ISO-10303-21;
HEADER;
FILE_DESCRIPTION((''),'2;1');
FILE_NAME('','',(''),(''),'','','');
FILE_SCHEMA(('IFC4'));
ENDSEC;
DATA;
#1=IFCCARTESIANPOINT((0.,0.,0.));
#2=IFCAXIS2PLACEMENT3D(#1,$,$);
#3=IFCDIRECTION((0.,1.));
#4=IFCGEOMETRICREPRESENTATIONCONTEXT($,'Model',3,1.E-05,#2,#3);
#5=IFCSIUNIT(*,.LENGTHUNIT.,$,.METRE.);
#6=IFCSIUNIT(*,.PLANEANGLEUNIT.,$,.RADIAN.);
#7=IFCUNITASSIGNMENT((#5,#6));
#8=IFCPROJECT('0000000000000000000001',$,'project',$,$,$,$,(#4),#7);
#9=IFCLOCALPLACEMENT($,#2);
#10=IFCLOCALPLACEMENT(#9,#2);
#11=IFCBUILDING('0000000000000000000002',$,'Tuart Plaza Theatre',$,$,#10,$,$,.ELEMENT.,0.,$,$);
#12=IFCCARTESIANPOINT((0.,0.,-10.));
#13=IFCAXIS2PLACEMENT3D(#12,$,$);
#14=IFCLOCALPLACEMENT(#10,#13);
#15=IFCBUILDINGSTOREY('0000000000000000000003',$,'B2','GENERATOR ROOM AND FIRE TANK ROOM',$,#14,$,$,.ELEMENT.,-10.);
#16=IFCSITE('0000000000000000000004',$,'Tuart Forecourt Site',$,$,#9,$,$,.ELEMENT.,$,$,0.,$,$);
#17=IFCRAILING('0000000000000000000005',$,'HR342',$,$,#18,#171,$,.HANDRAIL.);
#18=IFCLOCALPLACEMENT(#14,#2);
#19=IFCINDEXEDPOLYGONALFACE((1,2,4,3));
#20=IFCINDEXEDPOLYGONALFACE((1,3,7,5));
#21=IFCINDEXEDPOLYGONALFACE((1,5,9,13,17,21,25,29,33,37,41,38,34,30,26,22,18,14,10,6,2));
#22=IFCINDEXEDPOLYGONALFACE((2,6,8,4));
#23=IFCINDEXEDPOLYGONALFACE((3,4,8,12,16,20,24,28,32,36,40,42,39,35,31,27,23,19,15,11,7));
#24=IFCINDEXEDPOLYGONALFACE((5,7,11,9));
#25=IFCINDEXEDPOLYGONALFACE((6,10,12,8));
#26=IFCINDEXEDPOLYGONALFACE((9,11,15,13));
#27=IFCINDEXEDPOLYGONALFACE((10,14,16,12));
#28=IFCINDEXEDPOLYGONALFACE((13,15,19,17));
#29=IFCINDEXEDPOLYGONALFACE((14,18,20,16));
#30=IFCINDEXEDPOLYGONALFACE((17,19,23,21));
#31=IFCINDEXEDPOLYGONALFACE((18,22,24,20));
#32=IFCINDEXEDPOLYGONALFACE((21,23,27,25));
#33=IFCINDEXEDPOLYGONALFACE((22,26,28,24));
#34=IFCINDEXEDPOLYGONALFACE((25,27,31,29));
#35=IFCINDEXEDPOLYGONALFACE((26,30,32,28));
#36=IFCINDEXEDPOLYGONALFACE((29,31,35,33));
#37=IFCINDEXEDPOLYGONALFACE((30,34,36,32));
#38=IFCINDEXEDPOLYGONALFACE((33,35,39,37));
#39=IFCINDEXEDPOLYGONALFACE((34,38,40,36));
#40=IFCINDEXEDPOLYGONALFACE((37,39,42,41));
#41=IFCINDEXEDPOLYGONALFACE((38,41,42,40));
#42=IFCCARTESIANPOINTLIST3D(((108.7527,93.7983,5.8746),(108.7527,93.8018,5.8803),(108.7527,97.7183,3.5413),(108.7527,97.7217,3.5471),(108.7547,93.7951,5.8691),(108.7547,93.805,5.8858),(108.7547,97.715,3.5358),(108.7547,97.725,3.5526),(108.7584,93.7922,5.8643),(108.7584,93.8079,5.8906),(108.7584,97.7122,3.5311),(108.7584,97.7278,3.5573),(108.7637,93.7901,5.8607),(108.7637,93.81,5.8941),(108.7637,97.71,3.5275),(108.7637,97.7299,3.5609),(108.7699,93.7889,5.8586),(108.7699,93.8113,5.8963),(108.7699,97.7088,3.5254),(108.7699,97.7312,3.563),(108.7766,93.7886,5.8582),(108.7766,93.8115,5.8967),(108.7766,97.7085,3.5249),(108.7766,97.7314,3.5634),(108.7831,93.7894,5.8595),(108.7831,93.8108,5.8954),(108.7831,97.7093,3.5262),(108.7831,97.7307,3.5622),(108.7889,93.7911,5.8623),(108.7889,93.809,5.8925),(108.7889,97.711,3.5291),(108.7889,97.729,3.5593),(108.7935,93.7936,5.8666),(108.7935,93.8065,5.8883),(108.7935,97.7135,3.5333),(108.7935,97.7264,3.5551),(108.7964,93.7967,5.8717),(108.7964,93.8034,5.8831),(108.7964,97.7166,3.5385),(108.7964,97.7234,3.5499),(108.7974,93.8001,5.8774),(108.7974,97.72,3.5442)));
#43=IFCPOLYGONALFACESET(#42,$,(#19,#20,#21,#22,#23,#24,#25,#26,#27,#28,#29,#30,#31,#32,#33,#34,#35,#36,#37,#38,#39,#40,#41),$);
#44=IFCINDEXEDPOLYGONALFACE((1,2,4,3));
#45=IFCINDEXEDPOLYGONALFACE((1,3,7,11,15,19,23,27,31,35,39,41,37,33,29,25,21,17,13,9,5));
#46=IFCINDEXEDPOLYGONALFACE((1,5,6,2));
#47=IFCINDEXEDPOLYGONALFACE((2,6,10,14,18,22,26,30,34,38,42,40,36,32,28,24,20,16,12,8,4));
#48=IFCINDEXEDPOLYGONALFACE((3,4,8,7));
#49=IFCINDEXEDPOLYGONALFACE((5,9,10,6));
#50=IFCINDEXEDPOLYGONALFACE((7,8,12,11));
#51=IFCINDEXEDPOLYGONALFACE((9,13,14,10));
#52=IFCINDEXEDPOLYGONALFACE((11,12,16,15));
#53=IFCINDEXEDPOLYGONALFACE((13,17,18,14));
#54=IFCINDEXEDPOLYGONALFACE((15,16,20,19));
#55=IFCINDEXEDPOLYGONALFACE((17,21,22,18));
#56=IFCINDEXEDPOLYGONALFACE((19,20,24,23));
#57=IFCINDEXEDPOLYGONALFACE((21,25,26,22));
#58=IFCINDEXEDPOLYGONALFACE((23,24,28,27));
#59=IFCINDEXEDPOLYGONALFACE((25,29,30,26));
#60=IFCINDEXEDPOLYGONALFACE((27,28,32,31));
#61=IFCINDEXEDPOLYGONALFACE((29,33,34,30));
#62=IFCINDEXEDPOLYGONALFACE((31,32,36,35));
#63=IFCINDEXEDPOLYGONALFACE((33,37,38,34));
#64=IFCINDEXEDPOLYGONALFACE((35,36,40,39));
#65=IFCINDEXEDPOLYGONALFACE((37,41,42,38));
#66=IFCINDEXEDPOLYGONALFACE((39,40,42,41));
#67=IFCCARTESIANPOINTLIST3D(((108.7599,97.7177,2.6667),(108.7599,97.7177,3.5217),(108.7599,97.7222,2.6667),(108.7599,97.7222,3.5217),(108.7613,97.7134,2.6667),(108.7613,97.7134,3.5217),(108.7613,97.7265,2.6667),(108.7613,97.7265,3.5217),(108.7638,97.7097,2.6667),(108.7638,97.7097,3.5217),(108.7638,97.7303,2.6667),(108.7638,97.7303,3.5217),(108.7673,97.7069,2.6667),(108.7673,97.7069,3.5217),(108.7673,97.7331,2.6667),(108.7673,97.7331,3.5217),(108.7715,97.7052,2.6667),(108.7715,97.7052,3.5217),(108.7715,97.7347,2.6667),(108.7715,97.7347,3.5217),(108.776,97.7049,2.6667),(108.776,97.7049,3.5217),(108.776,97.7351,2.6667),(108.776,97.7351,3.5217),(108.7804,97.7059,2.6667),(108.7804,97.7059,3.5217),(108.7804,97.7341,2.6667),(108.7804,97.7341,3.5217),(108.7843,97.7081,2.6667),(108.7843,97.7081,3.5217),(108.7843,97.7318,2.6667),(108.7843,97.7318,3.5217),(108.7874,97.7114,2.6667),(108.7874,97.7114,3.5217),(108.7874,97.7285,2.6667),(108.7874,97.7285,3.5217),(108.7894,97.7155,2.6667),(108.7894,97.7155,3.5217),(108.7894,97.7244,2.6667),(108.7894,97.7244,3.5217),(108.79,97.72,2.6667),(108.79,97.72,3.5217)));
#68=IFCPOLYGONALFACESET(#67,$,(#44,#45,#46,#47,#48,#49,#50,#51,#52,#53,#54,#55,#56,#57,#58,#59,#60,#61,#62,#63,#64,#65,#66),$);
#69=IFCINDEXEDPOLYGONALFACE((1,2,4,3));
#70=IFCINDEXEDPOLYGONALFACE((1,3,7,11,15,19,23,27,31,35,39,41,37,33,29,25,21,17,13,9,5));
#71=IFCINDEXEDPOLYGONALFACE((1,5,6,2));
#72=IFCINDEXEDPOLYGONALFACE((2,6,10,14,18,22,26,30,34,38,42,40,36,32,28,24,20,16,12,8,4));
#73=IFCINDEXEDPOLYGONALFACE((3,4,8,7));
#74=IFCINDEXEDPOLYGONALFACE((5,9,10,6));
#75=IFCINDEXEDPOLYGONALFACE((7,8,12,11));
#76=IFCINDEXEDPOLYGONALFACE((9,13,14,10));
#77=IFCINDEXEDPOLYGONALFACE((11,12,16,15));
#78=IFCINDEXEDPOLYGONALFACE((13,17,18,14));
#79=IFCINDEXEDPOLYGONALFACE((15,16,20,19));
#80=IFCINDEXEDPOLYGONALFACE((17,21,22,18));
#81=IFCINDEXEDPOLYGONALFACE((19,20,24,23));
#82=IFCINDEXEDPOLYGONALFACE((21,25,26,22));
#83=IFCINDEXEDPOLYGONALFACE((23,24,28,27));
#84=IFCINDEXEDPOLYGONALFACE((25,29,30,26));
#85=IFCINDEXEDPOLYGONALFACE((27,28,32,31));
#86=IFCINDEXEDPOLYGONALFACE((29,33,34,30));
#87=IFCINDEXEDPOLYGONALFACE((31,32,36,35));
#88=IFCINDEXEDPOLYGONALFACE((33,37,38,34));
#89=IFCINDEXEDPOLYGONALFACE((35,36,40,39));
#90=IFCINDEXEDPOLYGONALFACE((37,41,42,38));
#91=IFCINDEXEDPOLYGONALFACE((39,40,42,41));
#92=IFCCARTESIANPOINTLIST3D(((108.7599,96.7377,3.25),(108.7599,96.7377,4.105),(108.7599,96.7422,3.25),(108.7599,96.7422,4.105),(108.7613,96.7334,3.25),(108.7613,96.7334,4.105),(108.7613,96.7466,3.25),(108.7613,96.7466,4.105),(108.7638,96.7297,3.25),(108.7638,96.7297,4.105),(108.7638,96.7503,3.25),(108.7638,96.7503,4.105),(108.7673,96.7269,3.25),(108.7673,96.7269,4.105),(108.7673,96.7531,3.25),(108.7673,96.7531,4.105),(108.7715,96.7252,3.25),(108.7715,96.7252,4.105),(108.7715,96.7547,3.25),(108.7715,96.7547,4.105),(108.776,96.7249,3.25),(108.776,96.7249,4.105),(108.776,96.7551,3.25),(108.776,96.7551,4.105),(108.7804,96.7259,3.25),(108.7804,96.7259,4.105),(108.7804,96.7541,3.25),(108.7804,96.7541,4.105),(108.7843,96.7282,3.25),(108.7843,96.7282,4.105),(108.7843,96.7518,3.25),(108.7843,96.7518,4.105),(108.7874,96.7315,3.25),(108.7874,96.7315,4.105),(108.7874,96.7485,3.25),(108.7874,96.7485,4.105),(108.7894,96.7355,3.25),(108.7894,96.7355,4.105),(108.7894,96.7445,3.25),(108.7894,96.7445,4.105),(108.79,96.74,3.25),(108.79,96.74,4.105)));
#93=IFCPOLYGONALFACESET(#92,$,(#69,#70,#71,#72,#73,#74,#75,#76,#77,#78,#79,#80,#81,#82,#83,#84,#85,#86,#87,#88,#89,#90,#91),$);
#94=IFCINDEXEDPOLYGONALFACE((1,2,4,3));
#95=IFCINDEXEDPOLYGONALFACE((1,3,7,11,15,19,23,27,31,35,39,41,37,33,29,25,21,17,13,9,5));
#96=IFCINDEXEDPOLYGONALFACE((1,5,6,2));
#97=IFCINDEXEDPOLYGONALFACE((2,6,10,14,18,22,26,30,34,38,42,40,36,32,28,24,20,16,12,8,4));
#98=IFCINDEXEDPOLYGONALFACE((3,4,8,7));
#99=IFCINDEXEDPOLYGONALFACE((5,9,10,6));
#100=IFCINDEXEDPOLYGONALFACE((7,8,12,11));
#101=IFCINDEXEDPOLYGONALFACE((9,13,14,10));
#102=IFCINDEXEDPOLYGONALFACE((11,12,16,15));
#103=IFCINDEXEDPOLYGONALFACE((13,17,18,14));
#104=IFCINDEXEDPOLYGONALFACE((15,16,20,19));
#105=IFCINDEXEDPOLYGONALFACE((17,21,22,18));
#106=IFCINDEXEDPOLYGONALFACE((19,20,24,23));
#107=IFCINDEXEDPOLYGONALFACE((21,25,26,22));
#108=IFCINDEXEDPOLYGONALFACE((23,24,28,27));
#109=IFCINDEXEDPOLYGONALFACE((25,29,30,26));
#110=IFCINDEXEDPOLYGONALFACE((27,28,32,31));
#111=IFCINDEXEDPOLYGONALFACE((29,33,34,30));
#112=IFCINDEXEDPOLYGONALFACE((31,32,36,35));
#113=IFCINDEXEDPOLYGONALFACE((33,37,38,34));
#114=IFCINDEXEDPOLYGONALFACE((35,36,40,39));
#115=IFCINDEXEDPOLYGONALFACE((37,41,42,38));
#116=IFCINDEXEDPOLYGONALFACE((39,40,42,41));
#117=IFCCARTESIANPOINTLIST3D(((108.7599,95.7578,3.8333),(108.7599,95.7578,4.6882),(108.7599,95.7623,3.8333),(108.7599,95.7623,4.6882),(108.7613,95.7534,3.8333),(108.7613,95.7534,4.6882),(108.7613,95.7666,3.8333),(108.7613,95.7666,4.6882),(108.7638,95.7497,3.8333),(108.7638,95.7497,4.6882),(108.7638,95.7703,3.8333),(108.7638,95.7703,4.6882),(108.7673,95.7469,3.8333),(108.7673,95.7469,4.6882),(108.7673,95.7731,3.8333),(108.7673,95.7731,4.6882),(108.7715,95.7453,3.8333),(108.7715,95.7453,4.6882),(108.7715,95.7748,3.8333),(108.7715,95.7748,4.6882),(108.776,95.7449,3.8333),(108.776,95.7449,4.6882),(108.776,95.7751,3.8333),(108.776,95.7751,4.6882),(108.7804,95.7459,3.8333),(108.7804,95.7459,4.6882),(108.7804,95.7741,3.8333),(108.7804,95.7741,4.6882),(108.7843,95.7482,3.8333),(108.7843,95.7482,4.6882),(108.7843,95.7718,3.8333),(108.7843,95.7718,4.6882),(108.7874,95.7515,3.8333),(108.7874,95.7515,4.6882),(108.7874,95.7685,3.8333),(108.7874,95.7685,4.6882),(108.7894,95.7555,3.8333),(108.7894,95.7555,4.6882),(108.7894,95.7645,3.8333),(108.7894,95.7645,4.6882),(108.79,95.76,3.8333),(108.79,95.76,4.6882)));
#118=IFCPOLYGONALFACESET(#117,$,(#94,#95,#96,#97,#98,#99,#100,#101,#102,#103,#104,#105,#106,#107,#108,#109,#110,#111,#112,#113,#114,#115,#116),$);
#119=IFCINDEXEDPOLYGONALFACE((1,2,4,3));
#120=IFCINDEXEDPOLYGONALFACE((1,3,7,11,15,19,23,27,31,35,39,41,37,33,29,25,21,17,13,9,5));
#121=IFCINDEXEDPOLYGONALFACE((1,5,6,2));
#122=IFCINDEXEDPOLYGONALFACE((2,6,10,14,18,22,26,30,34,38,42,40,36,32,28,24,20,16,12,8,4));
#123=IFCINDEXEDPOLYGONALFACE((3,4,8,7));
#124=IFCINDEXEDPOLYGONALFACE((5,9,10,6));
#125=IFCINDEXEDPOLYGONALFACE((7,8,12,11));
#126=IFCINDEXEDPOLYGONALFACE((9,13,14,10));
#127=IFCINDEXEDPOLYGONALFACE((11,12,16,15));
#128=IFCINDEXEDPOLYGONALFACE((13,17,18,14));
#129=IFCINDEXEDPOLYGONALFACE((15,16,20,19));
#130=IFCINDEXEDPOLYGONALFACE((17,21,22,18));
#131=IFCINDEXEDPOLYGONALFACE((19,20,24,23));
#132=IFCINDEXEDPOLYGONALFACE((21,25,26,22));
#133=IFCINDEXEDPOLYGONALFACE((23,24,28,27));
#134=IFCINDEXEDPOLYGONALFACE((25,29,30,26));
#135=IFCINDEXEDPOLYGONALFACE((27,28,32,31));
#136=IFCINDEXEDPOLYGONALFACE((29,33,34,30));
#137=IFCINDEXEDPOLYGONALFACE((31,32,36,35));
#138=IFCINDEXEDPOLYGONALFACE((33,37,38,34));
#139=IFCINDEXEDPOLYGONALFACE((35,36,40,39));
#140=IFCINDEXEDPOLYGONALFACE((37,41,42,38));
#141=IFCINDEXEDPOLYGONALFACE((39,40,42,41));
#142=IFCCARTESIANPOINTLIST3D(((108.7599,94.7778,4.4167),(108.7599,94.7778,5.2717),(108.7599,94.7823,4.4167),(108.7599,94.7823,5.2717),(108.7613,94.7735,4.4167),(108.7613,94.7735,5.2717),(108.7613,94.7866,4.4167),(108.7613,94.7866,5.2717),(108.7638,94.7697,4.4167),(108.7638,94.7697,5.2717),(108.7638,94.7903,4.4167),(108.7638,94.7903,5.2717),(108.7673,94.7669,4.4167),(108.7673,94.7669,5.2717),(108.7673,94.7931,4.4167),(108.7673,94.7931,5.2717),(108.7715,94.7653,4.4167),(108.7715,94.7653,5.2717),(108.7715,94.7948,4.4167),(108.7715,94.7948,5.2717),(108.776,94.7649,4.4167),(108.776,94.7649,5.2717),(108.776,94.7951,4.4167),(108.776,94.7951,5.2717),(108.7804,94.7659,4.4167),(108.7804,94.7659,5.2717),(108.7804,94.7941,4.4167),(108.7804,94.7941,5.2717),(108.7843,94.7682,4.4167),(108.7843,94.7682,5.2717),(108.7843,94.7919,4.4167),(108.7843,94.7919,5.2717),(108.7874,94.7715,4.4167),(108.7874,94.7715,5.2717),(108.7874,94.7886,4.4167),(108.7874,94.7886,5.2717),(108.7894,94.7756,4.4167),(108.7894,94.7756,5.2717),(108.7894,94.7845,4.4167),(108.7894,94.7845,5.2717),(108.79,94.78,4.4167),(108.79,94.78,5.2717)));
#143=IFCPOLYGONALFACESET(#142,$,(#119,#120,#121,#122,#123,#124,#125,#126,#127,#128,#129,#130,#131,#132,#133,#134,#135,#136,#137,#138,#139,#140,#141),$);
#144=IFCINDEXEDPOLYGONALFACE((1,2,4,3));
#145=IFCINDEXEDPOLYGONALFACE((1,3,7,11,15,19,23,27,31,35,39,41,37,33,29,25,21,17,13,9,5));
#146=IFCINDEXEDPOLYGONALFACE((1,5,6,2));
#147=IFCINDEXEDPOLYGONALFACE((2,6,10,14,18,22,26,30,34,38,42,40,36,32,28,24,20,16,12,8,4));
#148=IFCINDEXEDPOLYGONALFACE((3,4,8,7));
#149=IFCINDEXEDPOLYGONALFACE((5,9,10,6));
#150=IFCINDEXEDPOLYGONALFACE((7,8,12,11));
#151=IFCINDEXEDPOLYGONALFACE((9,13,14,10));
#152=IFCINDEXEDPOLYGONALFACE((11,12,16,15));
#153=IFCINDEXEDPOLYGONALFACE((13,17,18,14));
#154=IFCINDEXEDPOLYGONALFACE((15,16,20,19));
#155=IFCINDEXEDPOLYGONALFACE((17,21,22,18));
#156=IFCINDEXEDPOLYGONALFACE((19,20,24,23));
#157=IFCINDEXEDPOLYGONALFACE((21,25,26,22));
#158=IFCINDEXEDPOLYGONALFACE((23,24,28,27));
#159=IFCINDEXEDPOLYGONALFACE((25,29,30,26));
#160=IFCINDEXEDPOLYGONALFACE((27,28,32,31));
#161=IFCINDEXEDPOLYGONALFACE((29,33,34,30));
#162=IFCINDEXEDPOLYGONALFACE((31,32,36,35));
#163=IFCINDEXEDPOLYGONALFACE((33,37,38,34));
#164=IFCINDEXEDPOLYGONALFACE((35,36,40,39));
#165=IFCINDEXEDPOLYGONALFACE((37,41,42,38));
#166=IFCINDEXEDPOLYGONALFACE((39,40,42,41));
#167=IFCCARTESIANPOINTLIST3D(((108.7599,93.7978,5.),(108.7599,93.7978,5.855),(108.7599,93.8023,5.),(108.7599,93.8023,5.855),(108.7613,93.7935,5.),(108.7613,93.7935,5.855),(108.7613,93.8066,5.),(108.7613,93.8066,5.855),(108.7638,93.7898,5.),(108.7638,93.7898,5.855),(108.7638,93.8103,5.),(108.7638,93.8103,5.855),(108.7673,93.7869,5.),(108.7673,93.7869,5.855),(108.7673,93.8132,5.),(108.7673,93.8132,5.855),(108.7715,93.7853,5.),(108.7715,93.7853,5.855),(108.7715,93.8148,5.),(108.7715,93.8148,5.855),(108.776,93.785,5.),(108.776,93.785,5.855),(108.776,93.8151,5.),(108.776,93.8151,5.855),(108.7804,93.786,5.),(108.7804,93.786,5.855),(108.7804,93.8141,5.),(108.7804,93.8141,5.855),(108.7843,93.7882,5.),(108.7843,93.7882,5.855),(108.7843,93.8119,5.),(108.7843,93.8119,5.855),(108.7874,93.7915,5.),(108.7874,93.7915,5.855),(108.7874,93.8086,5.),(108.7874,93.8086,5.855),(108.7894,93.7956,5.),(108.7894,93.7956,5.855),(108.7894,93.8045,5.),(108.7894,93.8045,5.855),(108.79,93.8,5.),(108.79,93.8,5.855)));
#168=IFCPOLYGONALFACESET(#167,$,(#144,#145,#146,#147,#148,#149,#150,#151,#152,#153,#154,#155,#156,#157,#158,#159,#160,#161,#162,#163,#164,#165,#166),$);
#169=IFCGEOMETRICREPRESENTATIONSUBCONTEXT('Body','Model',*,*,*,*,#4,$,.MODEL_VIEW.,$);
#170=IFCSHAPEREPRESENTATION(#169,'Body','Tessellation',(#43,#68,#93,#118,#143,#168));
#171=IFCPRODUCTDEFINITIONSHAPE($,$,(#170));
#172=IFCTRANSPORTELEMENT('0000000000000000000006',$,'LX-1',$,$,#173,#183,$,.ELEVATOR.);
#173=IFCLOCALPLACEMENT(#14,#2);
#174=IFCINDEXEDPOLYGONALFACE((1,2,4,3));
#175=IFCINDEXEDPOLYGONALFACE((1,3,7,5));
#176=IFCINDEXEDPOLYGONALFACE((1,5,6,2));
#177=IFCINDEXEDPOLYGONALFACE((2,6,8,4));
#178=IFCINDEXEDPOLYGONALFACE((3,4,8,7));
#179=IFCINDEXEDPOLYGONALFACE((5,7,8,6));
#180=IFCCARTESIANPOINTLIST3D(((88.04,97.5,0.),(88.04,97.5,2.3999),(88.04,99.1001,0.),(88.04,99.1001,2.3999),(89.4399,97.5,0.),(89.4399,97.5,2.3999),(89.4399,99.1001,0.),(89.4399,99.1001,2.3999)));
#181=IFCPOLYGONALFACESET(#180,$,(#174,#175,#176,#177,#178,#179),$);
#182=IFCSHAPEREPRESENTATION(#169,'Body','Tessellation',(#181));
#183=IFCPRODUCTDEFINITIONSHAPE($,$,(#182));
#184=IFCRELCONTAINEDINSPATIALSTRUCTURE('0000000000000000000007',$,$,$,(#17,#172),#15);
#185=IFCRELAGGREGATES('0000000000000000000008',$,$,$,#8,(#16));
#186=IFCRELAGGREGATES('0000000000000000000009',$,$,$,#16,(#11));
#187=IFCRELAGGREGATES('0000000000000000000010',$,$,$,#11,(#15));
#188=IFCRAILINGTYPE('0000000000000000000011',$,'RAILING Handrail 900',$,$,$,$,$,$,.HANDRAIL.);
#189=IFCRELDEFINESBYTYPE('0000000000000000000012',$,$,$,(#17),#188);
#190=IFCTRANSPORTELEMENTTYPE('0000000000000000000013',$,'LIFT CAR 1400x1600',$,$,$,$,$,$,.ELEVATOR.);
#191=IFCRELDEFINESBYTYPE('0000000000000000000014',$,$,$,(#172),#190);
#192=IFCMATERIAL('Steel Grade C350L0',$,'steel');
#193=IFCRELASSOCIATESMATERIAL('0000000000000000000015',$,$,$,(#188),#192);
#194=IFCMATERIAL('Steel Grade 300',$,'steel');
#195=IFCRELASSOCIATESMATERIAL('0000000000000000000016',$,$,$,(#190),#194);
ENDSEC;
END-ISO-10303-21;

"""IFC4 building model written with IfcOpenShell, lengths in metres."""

from ifc_helpers import new_model, si_unit, direction, frame, origin, origin_2d, place, context, subcontext, project, spatial, rectangle, circle, extrude, material, type_object, element, save


model = new_model("IFC4")

# Units and contexts
model_context = context("Model", 3, precision=1e-05, world=origin(), true_north=direction((0.0, 1.0)))
body_context = subcontext(model_context, "Body", "Model", "MODEL_VIEW")
ifc_project = project(units=[si_unit("LENGTHUNIT", "METRE"), si_unit("PLANEANGLEUNIT", "RADIAN")], contexts=[model_context])

# Site, building, storey
site_placement = place(None, origin())
site = spatial("IfcSite", under=ifc_project, at=site_placement, Name="Tuart Forecourt Site", CompositionType="ELEMENT", RefElevation=0.0)
building_placement = place(site_placement, origin())
building = spatial("IfcBuilding", under=site, at=building_placement, Name="Tuart Plaza Theatre", CompositionType="ELEMENT", ElevationOfRefHeight=0.0)
storey_placement = place(building_placement, frame((0.0, 0.0, -10.0)))
storey = spatial("IfcBuildingStorey", under=building, at=storey_placement, Name="B2", Description="GENERATOR ROOM AND FIRE TANK ROOM", CompositionType="ELEMENT", Elevation=-10.0)

# Railing
ifc_material_1 = material(Name="Steel Grade C350L0", Category="steel")
railing_type_1 = type_object("IfcRailingType", Name="RAILING Handrail 900", PredefinedType="HANDRAIL", material=ifc_material_1)
for number, where, name in (
    (1, (108.7749, 97.72, 2.6667), "HR342"),
):
    element("IfcRailing", number, at=place(storey_placement, frame(where)), inside=storey, type_object=railing_type_1, Name=name, PredefinedType="HANDRAIL", context=body_context, shape_type="SweptSolid", body=[
        extrude(circle(Radius=0.0225, at=origin_2d()), frame((0.0, 0.0, 0.8774), z_axis=(0.0, -0.859296, 0.511478), x_axis=(1.0, 0.0, 0.0)), (0.0, 0.0, 1.0), 4.5618),
        extrude(circle(Radius=0.0151, at=origin_2d()), origin(), (0.0, 0.0, 1.0), 0.855),
        extrude(circle(Radius=0.0151, at=origin_2d()), frame((0.0, -0.98, 0.5833)), (0.0, 0.0, 1.0), 0.855),
        extrude(circle(Radius=0.0151, at=origin_2d()), frame((0.0, -1.96, 1.1665)), (0.0, 0.0, 1.0), 0.855),
        extrude(circle(Radius=0.0151, at=origin_2d()), frame((0.0, -2.9399, 1.75)), (0.0, 0.0, 1.0), 0.855),
        extrude(circle(Radius=0.0151, at=origin_2d()), frame((0.0, -3.9199, 2.3333)), (0.0, 0.0, 1.0), 0.855),
    ])

# Transport element
ifc_material_2 = material(Name="Steel Grade 300", Category="steel")
transport_element_type = type_object("IfcTransportElementType", Name="LIFT CAR 1400x1600", PredefinedType="ELEVATOR", material=ifc_material_2)
transport_element_placement = place(storey_placement, frame((88.74, 98.3, 0.0), z_axis=(0.0, 0.0, 1.0), x_axis=(1.0, 0.0, 0.0)))
element("IfcTransportElement", 2, at=transport_element_placement, inside=storey, type_object=transport_element_type, Name="LX-1", PredefinedType="ELEVATOR", context=body_context, shape_type="SweptSolid", body=[
    extrude(rectangle(XDim=1.3999, YDim=1.6001, at=origin_2d()), origin(), (0.0, 0.0, 1.0), 2.3999),
])

save(model, "model.ifc")
